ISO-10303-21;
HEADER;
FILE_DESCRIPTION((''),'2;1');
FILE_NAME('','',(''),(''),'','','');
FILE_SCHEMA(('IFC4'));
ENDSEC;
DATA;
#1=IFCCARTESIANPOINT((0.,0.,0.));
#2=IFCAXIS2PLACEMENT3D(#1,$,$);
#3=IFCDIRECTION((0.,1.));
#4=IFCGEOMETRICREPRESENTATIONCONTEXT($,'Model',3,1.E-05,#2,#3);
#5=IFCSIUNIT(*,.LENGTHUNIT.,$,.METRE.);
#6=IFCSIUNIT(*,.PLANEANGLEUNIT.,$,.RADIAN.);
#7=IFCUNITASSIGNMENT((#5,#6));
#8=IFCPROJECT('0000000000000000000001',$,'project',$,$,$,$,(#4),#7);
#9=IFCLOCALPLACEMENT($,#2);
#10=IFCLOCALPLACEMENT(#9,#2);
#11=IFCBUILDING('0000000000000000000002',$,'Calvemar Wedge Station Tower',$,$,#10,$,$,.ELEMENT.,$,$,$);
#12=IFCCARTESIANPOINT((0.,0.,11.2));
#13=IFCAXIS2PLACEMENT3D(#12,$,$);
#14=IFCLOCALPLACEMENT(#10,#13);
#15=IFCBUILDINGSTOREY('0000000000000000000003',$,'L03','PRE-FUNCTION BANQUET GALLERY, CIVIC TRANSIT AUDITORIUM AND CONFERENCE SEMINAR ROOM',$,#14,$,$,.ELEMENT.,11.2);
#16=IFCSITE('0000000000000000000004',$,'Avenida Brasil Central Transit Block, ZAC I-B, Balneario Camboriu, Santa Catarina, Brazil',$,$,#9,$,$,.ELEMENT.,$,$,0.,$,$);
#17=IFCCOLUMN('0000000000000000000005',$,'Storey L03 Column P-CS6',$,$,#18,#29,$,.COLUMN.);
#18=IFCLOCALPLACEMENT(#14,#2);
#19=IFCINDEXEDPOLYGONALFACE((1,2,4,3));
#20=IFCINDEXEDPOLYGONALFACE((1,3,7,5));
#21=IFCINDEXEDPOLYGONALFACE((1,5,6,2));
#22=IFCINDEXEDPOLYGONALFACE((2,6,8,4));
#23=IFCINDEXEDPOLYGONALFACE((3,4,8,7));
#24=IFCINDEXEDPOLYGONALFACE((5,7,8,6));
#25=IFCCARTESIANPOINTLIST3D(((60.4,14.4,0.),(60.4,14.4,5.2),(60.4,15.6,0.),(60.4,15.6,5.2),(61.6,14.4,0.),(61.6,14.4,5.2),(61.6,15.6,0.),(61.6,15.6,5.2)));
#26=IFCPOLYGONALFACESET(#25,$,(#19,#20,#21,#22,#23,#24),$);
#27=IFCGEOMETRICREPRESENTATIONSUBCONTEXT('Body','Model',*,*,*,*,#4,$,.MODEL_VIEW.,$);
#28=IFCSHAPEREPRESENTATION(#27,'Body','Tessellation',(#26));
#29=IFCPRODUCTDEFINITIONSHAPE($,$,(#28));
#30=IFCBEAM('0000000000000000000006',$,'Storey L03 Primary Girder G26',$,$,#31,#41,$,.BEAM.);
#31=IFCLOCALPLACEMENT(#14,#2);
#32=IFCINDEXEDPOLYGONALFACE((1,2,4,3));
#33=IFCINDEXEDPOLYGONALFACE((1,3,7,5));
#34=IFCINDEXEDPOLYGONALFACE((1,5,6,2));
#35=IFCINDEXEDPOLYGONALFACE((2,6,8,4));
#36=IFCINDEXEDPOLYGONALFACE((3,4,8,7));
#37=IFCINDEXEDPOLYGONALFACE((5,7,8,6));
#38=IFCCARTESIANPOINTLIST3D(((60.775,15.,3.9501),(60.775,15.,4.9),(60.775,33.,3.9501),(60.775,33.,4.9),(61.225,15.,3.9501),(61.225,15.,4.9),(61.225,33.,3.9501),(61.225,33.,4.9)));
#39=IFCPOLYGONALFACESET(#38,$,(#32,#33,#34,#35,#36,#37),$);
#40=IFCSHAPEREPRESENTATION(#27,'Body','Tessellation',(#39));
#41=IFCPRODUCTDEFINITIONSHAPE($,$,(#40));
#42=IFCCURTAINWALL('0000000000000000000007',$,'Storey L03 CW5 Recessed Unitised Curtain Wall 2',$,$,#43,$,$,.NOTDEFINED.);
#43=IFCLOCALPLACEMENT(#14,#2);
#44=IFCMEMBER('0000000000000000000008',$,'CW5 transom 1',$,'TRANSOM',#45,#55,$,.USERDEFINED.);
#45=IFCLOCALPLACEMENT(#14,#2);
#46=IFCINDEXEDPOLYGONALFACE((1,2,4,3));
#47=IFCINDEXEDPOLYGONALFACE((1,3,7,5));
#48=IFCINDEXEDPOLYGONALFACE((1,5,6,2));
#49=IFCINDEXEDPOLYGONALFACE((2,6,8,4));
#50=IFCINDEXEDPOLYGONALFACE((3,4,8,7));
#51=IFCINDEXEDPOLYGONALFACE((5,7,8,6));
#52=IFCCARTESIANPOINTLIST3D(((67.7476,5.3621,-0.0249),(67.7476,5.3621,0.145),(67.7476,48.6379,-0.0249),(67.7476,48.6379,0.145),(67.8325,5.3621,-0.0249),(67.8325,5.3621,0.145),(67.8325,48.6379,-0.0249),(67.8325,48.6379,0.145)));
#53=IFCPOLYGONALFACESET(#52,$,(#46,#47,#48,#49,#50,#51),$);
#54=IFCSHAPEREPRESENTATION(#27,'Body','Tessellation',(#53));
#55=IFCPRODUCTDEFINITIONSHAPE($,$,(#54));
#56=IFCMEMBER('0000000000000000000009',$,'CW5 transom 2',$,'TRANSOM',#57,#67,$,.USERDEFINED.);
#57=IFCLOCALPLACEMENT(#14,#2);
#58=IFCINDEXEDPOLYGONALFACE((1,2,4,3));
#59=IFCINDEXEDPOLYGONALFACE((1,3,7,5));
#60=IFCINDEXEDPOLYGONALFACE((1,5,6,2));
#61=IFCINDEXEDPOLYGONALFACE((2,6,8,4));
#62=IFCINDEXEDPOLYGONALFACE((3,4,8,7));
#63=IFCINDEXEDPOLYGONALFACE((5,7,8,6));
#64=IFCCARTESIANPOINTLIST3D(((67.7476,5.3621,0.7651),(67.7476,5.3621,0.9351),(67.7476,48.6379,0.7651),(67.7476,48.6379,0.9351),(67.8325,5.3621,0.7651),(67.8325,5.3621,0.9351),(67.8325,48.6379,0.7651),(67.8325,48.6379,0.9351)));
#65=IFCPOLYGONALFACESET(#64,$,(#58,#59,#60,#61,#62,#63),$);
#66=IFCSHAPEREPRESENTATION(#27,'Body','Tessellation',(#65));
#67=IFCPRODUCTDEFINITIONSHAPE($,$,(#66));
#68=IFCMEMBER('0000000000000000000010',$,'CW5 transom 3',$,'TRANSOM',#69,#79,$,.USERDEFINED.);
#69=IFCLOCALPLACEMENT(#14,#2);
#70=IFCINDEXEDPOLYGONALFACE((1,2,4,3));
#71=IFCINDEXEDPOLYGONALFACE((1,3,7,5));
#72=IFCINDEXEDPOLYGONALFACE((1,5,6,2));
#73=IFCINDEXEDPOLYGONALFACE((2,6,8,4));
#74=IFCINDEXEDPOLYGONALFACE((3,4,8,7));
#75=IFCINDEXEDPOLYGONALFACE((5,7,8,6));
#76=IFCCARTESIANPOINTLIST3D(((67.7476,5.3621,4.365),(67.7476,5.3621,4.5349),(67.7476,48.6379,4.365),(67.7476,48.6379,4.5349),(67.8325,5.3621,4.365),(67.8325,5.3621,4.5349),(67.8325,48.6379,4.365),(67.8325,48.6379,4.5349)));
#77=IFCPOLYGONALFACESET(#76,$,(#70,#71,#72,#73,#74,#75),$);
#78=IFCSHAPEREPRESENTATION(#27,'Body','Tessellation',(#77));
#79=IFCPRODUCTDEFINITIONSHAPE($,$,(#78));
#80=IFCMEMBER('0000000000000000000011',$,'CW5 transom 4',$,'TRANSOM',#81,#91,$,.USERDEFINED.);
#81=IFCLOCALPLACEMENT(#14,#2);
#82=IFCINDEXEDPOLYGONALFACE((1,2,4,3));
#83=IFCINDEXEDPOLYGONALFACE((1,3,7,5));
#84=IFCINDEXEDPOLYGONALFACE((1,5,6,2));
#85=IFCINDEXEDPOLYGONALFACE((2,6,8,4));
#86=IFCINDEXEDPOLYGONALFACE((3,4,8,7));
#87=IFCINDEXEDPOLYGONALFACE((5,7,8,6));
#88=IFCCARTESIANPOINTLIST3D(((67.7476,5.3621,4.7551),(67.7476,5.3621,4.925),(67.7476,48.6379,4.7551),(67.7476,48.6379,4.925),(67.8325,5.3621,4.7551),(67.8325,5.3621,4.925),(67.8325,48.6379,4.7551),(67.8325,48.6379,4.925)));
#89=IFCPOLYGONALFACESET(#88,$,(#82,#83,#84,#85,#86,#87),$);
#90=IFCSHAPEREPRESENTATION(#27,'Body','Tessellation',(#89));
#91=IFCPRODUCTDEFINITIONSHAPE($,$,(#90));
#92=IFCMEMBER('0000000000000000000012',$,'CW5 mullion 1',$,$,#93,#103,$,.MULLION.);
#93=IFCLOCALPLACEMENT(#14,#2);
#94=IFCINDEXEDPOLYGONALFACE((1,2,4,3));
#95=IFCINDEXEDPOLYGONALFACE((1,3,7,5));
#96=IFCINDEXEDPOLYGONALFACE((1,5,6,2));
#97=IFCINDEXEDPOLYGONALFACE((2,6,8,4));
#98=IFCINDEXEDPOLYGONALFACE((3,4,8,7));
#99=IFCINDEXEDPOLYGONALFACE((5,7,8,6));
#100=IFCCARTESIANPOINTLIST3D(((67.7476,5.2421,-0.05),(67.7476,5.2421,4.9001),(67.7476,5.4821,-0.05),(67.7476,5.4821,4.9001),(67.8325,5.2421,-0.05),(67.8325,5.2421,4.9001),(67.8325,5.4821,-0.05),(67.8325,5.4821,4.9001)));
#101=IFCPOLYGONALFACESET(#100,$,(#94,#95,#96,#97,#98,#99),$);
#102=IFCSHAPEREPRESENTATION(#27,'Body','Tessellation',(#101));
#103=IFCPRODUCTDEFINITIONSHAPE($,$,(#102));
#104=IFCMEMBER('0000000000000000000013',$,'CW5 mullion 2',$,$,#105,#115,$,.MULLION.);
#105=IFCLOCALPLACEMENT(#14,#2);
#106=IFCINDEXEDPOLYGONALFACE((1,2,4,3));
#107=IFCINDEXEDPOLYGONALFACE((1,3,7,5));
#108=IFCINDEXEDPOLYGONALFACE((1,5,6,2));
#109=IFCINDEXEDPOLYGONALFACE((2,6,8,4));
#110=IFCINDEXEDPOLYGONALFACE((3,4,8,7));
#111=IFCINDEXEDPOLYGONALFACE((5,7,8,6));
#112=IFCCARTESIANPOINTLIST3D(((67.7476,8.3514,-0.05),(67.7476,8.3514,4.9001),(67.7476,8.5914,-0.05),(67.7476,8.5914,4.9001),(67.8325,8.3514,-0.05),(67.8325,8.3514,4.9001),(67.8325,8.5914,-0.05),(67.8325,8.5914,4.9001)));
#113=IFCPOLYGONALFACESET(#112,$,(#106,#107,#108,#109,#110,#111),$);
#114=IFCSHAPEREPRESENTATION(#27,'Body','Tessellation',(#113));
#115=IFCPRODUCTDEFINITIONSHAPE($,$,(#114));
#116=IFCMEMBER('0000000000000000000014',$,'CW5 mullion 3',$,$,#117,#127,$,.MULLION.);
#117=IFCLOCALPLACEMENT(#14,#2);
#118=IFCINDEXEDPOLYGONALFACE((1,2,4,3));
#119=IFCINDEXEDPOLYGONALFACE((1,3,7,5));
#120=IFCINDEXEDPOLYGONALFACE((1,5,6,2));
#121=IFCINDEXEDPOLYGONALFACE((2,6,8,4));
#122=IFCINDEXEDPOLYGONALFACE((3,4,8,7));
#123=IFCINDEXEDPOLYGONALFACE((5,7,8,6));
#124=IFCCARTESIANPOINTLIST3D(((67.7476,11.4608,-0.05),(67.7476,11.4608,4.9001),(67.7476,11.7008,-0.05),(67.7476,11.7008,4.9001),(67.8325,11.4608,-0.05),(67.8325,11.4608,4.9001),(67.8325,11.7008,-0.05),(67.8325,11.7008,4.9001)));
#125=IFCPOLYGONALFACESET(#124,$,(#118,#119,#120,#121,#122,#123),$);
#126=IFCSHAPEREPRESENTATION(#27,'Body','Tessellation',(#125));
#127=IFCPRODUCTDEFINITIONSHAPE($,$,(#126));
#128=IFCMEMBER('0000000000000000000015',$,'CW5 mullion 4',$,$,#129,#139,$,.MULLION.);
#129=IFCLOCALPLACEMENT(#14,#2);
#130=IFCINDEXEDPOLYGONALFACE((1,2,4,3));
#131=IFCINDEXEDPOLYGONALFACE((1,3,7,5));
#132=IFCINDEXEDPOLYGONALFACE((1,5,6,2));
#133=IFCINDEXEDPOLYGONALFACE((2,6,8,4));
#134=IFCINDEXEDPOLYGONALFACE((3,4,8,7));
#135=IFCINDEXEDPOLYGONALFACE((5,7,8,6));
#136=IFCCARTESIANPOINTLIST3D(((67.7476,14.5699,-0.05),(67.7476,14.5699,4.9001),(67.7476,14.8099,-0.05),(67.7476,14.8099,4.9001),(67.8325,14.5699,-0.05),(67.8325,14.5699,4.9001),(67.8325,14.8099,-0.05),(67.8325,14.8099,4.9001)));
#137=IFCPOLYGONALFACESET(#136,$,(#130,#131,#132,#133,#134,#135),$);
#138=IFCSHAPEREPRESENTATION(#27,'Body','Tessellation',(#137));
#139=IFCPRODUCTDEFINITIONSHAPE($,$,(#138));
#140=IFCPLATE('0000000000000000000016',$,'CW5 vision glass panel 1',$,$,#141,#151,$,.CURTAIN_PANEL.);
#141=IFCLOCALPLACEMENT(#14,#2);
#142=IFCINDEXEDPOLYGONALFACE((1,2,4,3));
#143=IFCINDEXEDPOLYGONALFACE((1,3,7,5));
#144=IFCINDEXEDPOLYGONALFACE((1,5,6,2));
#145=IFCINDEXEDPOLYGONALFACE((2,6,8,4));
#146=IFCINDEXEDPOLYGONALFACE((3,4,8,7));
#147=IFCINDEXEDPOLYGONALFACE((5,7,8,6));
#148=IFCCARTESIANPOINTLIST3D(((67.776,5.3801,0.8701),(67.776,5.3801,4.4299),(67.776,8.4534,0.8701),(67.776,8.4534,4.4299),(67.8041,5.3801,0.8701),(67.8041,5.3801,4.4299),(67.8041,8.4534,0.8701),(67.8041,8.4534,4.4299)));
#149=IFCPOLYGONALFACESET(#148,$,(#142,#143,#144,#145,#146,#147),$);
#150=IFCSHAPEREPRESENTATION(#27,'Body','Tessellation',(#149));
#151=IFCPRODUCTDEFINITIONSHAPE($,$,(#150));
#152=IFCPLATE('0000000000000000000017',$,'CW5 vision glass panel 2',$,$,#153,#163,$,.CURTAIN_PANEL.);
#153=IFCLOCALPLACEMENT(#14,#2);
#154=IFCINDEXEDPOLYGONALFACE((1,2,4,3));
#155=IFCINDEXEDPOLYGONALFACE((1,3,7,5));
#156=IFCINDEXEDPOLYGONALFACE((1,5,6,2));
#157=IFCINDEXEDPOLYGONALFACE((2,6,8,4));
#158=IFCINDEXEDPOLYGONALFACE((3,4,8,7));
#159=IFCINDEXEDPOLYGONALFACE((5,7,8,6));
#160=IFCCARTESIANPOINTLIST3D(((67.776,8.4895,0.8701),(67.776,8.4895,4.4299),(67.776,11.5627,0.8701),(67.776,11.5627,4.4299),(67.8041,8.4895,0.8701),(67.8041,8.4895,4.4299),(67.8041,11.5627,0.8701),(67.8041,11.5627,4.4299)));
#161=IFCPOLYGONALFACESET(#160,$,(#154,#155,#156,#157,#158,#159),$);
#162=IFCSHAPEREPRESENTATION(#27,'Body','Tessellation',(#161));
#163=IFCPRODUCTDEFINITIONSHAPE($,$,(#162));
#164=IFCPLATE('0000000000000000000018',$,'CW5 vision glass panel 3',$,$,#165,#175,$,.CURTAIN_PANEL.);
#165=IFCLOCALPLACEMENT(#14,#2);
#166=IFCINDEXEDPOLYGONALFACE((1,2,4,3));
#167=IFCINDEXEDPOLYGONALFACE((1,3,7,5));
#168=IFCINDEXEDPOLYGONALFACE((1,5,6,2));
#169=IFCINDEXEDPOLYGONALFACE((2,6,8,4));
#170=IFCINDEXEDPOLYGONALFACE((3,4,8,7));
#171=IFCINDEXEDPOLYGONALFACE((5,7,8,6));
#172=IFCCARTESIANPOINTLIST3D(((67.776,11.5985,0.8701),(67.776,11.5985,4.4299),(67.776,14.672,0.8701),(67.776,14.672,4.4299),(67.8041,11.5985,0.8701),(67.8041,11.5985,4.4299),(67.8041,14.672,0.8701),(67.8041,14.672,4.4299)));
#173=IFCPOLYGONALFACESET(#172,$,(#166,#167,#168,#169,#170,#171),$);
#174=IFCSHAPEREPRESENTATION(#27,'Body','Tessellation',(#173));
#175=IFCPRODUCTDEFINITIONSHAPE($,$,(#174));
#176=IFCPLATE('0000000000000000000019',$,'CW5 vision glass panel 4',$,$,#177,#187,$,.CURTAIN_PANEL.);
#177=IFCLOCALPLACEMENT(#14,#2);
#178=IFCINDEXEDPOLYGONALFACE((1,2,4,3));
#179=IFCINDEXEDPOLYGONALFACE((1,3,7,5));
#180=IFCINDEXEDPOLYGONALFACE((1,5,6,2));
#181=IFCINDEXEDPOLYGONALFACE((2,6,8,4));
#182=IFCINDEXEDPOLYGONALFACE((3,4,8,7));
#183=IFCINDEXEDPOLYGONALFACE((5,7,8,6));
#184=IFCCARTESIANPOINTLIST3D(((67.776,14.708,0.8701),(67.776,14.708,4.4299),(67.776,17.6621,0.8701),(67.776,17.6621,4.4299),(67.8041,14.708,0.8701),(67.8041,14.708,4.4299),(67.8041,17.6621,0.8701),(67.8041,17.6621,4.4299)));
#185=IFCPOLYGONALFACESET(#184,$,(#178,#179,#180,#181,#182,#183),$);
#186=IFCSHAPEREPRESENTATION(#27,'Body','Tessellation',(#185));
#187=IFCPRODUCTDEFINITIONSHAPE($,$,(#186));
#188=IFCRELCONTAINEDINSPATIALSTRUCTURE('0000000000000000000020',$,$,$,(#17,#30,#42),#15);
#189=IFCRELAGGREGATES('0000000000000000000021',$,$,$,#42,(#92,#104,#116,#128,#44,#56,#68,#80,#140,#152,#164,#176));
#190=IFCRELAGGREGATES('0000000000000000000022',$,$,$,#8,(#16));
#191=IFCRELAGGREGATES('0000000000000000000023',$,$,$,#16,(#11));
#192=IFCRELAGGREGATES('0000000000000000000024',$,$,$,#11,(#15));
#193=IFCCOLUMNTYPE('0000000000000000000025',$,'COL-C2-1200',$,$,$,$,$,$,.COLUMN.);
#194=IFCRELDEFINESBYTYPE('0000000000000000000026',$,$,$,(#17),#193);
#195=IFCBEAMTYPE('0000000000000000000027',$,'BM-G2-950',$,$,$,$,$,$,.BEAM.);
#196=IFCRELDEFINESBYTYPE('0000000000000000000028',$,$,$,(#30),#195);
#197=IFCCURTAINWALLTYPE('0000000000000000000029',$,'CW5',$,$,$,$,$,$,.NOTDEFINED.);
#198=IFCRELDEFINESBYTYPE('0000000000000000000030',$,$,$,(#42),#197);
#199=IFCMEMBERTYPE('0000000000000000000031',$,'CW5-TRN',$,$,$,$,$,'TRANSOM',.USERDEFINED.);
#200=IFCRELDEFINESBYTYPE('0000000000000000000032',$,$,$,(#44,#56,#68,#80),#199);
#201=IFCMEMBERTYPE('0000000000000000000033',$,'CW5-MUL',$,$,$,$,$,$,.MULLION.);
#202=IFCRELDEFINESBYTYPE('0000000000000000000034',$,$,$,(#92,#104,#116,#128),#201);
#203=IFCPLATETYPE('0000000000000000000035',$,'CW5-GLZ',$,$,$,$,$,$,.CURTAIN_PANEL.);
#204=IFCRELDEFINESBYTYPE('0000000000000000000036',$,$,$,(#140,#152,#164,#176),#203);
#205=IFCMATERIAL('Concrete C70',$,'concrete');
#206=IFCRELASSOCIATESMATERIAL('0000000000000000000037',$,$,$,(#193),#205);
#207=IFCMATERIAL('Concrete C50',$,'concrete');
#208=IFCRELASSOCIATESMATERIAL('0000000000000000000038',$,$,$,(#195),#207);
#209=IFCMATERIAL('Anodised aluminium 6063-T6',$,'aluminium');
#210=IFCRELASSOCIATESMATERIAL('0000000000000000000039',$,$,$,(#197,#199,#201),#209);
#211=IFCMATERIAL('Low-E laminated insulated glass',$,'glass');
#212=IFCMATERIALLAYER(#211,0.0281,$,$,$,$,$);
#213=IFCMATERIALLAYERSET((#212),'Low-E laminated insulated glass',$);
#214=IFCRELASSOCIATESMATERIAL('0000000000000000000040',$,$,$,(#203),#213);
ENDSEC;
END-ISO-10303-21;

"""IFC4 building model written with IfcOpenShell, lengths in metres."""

from ifc_helpers import new_model, si_unit, direction, frame, frame_2d, origin, origin_2d, place, context, subcontext, project, spatial, rectangle, extrude, source, transform, mapped, material, layer, layer_set, material_profile, profile_set, type_object, element, aggregate, save


model = new_model("IFC4")

# Units and contexts
model_context = context("Model", 3, precision=1e-05, world=origin(), true_north=direction((0.0, 1.0)))
body_context = subcontext(model_context, "Body", "Model", "MODEL_VIEW")
ifc_project = project(units=[si_unit("LENGTHUNIT", "METRE"), si_unit("PLANEANGLEUNIT", "RADIAN")], contexts=[model_context])

# Site, building, storey
site_placement = place(None, origin())
site = spatial("IfcSite", under=ifc_project, at=site_placement, Name="Avenida Brasil Central Transit Block, ZAC I-B, Balneario Camboriu, Santa Catarina, Brazil", CompositionType="ELEMENT", RefElevation=0.0)
building_placement = place(site_placement, origin())
building = spatial("IfcBuilding", under=site, at=building_placement, Name="Calvemar Wedge Station Tower", CompositionType="ELEMENT")
storey_placement = place(building_placement, frame((0.0, 0.0, 11.2)))
storey = spatial("IfcBuildingStorey", under=building, at=storey_placement, Name="L03", Description="PRE-FUNCTION BANQUET GALLERY, CIVIC TRANSIT AUDITORIUM AND CONFERENCE SEMINAR ROOM", CompositionType="ELEMENT", Elevation=11.2)

# Column
ifc_material_1 = material(Name="Concrete C70", Category="concrete")
ifc_material_profile_1 = material_profile(ifc_material_1, rectangle(XDim=1.2, YDim=1.2, at=origin_2d()), Name="RC1200x1200")
ifc_profile_set_1 = profile_set([ifc_material_profile_1], Name="Concrete C70")
column_type = type_object("IfcColumnType", Name="COL-C2-1200", PredefinedType="COLUMN", material=ifc_profile_set_1)
shared_shape_1 = source(origin(), body_context, "Body", "SweptSolid", [
    extrude(rectangle(XDim=1.2, YDim=1.2, at=origin_2d()), origin(), (0.0, 0.0, 1.0), 5.2),
])
column_placement = place(storey_placement, frame((61.0, 15.0, 0.0), z_axis=(0.0, 0.0, 1.0), x_axis=(1.0, 0.0, 0.0)))
element("IfcColumn", 1, at=column_placement, inside=storey, type_object=column_type, Name="Storey L03 Column P-CS6", PredefinedType="COLUMN", context=body_context, shape_type="MappedRepresentation", body=[
    mapped(shared_shape_1, transform((0.0, 0.0, 0.0), scale=1.0)),
])

# Beam
ifc_material_2 = material(Name="Concrete C50", Category="concrete")
ifc_material_profile_2 = material_profile(ifc_material_2, rectangle(XDim=0.45, YDim=0.95, at=origin_2d()), Name="RC450x950")
ifc_profile_set_2 = profile_set([ifc_material_profile_2], Name="Concrete C50")
beam_type = type_object("IfcBeamType", Name="BM-G2-950", PredefinedType="BEAM", material=ifc_profile_set_2)
shared_shape_2 = source(origin(), body_context, "Body", "SweptSolid", [
    extrude(rectangle(XDim=0.45, YDim=0.95, at=origin_2d()), origin(), (0.0, 0.0, 1.0), 18.0),
])
beam_placement = place(storey_placement, frame((61.0, 15.0, 4.425), z_axis=(0.0, 1.0, 0.0), x_axis=(-1.0, 0.0, 0.0)))
element("IfcBeam", 2, at=beam_placement, inside=storey, type_object=beam_type, Name="Storey L03 Primary Girder G26", PredefinedType="BEAM", context=body_context, shape_type="MappedRepresentation", body=[
    mapped(shared_shape_2, transform((0.0, 0.0, 0.0), scale=1.0)),
])

# Curtain wall, members, plates
ifc_material_3 = material(Name="Anodised aluminium 6063-T6", Category="aluminium")
curtain_wall_type = type_object("IfcCurtainWallType", Name="CW5", PredefinedType="NOTDEFINED", material=ifc_material_3)
curtain_wall_placement = place(storey_placement, origin())
curtain_wall = element("IfcCurtainWall", 3, at=curtain_wall_placement, inside=storey, type_object=curtain_wall_type, Name="Storey L03 CW5 Recessed Unitised Curtain Wall 2", PredefinedType="NOTDEFINED")
ifc_material_profile_3 = material_profile(ifc_material_3, rectangle(XDim=0.085, YDim=0.1699, at=origin_2d()), Name="AL-TRN-85x170")
ifc_profile_set_3 = profile_set([ifc_material_profile_3], Name="Anodised aluminium 6063-T6")
member_type_1 = type_object("IfcMemberType", Name="CW5-TRN", ElementType="TRANSOM", PredefinedType="USERDEFINED", material=ifc_profile_set_3)
shared_shape_3 = source(origin(), body_context, "Body", "SweptSolid", [
    extrude(rectangle(XDim=0.085, YDim=0.1699, at=origin_2d()), origin(), (0.0, 0.0, 1.0), 43.2759),
])
member_1_placement = place(storey_placement, frame((67.79, 5.3621, 0.0601), z_axis=(0.0, 1.0, 0.0), x_axis=(-1.0, 0.0, 0.0)))
member_1 = element("IfcMember", 4, at=member_1_placement, type_object=member_type_1, Name="CW5 transom 1", ObjectType="TRANSOM", PredefinedType="USERDEFINED", context=body_context, shape_type="MappedRepresentation", body=[
    mapped(shared_shape_3, transform((0.0, 0.0, 0.0), scale=1.0)),
])
member_2_placement = place(storey_placement, frame((67.79, 5.3621, 0.8501), z_axis=(0.0, 1.0, 0.0), x_axis=(-1.0, 0.0, 0.0)))
member_2 = element("IfcMember", 5, at=member_2_placement, type_object=member_type_1, Name="CW5 transom 2", ObjectType="TRANSOM", PredefinedType="USERDEFINED", context=body_context, shape_type="MappedRepresentation", body=[
    mapped(shared_shape_3, transform((0.0, 0.0, 0.0), scale=1.0)),
])
member_3_placement = place(storey_placement, frame((67.79, 5.3621, 4.45), z_axis=(0.0, 1.0, 0.0), x_axis=(-1.0, 0.0, 0.0)))
member_3 = element("IfcMember", 6, at=member_3_placement, type_object=member_type_1, Name="CW5 transom 3", ObjectType="TRANSOM", PredefinedType="USERDEFINED", context=body_context, shape_type="MappedRepresentation", body=[
    mapped(shared_shape_3, transform((0.0, 0.0, 0.0), scale=1.0)),
])
member_4_placement = place(storey_placement, frame((67.79, 5.3621, 4.8401), z_axis=(0.0, 1.0, 0.0), x_axis=(-1.0, 0.0, 0.0)))
member_4 = element("IfcMember", 7, at=member_4_placement, type_object=member_type_1, Name="CW5 transom 4", ObjectType="TRANSOM", PredefinedType="USERDEFINED", context=body_context, shape_type="MappedRepresentation", body=[
    mapped(shared_shape_3, transform((0.0, 0.0, 0.0), scale=1.0)),
])
ifc_material_profile_4 = material_profile(ifc_material_3, rectangle(XDim=0.085, YDim=0.24, at=origin_2d()), Name="AL-MUL-85x240")
ifc_profile_set_4 = profile_set([ifc_material_profile_4], Name="Anodised aluminium 6063-T6")
member_type_2 = type_object("IfcMemberType", Name="CW5-MUL", PredefinedType="MULLION", material=ifc_profile_set_4)
shared_shape_4 = source(origin(), body_context, "Body", "SweptSolid", [
    extrude(rectangle(XDim=0.085, YDim=0.24, at=origin_2d()), origin(), (0.0, 0.0, 1.0), 4.9502),
])
member_5_placement = place(storey_placement, frame((67.79, 5.3621, -0.05), z_axis=(0.0, 0.0, 1.0), x_axis=(1.0, 0.0, 0.0)))
member_5 = element("IfcMember", 8, at=member_5_placement, type_object=member_type_2, Name="CW5 mullion 1", PredefinedType="MULLION", context=body_context, shape_type="MappedRepresentation", body=[
    mapped(shared_shape_4, transform((0.0, 0.0, 0.0), scale=1.0)),
])
member_6_placement = place(storey_placement, frame((67.79, 8.4714, -0.05), z_axis=(0.0, 0.0, 1.0), x_axis=(1.0, 0.0, 0.0)))
member_6 = element("IfcMember", 9, at=member_6_placement, type_object=member_type_2, Name="CW5 mullion 2", PredefinedType="MULLION", context=body_context, shape_type="MappedRepresentation", body=[
    mapped(shared_shape_4, transform((0.0, 0.0, 0.0), scale=1.0)),
])
member_7_placement = place(storey_placement, frame((67.79, 11.5808, -0.05), z_axis=(0.0, 0.0, 1.0), x_axis=(1.0, 0.0, 0.0)))
member_7 = element("IfcMember", 10, at=member_7_placement, type_object=member_type_2, Name="CW5 mullion 3", PredefinedType="MULLION", context=body_context, shape_type="MappedRepresentation", body=[
    mapped(shared_shape_4, transform((0.0, 0.0, 0.0), scale=1.0)),
])
member_8_placement = place(storey_placement, frame((67.79, 14.6899, -0.05), z_axis=(0.0, 0.0, 1.0), x_axis=(1.0, 0.0, 0.0)))
member_8 = element("IfcMember", 11, at=member_8_placement, type_object=member_type_2, Name="CW5 mullion 4", PredefinedType="MULLION", context=body_context, shape_type="MappedRepresentation", body=[
    mapped(shared_shape_4, transform((0.0, 0.0, 0.0), scale=1.0)),
])
ifc_material_4 = material(Name="Low-E laminated insulated glass", Category="glass")
ifc_layer_1 = layer(ifc_material_4, 0.0281)
ifc_layer_set_1 = layer_set([ifc_layer_1], Name="Low-E laminated insulated glass")
plate_type_1 = type_object("IfcPlateType", Name="CW5-GLZ", PredefinedType="CURTAIN_PANEL", material=ifc_layer_set_1)
plate_1_placement = place(storey_placement, frame((67.79, 5.3801, 0.8701), z_axis=(0.0, 0.0, 1.0), x_axis=(0.0, 1.0, 0.0)))
plate_1 = element("IfcPlate", 12, at=plate_1_placement, type_object=plate_type_1, Name="CW5 vision glass panel 1", PredefinedType="CURTAIN_PANEL", context=body_context, shape_type="SweptSolid", body=[
    extrude(rectangle(XDim=3.0732, YDim=0.0281, at=frame_2d((1.5366, 0.0))), origin(), (0.0, 0.0, 1.0), 3.5598),
])
plate_2_placement = place(storey_placement, frame((67.79, 8.4895, 0.8701), z_axis=(0.0, 0.0, 1.0), x_axis=(0.0, 1.0, 0.0)))
plate_2 = element("IfcPlate", 13, at=plate_2_placement, type_object=plate_type_1, Name="CW5 vision glass panel 2", PredefinedType="CURTAIN_PANEL", context=body_context, shape_type="SweptSolid", body=[
    extrude(rectangle(XDim=3.0732, YDim=0.0281, at=frame_2d((1.5366, 0.0))), origin(), (0.0, 0.0, 1.0), 3.5598),
])
plate_3_placement = place(storey_placement, frame((67.79, 11.5986, 0.8701), z_axis=(0.0, 0.0, 1.0), x_axis=(0.0, 1.0, 0.0)))
plate_3 = element("IfcPlate", 14, at=plate_3_placement, type_object=plate_type_1, Name="CW5 vision glass panel 3", PredefinedType="CURTAIN_PANEL", context=body_context, shape_type="SweptSolid", body=[
    extrude(rectangle(XDim=3.0735, YDim=0.0281, at=frame_2d((1.5366, 0.0))), origin(), (0.0, 0.0, 1.0), 3.5598),
])
plate_4_placement = place(storey_placement, frame((67.79, 14.708, 0.8701), z_axis=(0.0, 0.0, 1.0), x_axis=(0.0, 1.0, 0.0)))
plate_4 = element("IfcPlate", 15, at=plate_4_placement, type_object=plate_type_1, Name="CW5 vision glass panel 4", PredefinedType="CURTAIN_PANEL", context=body_context, shape_type="SweptSolid", body=[
    extrude(rectangle(XDim=2.9541, YDim=0.0281, at=frame_2d((1.4771, 0.0))), origin(), (0.0, 0.0, 1.0), 3.5598),
])
aggregate(curtain_wall, [member_5, member_6, member_7, member_8, member_1, member_2, member_3, member_4, plate_1, plate_2, plate_3, plate_4])

save(model, "model.ifc")
